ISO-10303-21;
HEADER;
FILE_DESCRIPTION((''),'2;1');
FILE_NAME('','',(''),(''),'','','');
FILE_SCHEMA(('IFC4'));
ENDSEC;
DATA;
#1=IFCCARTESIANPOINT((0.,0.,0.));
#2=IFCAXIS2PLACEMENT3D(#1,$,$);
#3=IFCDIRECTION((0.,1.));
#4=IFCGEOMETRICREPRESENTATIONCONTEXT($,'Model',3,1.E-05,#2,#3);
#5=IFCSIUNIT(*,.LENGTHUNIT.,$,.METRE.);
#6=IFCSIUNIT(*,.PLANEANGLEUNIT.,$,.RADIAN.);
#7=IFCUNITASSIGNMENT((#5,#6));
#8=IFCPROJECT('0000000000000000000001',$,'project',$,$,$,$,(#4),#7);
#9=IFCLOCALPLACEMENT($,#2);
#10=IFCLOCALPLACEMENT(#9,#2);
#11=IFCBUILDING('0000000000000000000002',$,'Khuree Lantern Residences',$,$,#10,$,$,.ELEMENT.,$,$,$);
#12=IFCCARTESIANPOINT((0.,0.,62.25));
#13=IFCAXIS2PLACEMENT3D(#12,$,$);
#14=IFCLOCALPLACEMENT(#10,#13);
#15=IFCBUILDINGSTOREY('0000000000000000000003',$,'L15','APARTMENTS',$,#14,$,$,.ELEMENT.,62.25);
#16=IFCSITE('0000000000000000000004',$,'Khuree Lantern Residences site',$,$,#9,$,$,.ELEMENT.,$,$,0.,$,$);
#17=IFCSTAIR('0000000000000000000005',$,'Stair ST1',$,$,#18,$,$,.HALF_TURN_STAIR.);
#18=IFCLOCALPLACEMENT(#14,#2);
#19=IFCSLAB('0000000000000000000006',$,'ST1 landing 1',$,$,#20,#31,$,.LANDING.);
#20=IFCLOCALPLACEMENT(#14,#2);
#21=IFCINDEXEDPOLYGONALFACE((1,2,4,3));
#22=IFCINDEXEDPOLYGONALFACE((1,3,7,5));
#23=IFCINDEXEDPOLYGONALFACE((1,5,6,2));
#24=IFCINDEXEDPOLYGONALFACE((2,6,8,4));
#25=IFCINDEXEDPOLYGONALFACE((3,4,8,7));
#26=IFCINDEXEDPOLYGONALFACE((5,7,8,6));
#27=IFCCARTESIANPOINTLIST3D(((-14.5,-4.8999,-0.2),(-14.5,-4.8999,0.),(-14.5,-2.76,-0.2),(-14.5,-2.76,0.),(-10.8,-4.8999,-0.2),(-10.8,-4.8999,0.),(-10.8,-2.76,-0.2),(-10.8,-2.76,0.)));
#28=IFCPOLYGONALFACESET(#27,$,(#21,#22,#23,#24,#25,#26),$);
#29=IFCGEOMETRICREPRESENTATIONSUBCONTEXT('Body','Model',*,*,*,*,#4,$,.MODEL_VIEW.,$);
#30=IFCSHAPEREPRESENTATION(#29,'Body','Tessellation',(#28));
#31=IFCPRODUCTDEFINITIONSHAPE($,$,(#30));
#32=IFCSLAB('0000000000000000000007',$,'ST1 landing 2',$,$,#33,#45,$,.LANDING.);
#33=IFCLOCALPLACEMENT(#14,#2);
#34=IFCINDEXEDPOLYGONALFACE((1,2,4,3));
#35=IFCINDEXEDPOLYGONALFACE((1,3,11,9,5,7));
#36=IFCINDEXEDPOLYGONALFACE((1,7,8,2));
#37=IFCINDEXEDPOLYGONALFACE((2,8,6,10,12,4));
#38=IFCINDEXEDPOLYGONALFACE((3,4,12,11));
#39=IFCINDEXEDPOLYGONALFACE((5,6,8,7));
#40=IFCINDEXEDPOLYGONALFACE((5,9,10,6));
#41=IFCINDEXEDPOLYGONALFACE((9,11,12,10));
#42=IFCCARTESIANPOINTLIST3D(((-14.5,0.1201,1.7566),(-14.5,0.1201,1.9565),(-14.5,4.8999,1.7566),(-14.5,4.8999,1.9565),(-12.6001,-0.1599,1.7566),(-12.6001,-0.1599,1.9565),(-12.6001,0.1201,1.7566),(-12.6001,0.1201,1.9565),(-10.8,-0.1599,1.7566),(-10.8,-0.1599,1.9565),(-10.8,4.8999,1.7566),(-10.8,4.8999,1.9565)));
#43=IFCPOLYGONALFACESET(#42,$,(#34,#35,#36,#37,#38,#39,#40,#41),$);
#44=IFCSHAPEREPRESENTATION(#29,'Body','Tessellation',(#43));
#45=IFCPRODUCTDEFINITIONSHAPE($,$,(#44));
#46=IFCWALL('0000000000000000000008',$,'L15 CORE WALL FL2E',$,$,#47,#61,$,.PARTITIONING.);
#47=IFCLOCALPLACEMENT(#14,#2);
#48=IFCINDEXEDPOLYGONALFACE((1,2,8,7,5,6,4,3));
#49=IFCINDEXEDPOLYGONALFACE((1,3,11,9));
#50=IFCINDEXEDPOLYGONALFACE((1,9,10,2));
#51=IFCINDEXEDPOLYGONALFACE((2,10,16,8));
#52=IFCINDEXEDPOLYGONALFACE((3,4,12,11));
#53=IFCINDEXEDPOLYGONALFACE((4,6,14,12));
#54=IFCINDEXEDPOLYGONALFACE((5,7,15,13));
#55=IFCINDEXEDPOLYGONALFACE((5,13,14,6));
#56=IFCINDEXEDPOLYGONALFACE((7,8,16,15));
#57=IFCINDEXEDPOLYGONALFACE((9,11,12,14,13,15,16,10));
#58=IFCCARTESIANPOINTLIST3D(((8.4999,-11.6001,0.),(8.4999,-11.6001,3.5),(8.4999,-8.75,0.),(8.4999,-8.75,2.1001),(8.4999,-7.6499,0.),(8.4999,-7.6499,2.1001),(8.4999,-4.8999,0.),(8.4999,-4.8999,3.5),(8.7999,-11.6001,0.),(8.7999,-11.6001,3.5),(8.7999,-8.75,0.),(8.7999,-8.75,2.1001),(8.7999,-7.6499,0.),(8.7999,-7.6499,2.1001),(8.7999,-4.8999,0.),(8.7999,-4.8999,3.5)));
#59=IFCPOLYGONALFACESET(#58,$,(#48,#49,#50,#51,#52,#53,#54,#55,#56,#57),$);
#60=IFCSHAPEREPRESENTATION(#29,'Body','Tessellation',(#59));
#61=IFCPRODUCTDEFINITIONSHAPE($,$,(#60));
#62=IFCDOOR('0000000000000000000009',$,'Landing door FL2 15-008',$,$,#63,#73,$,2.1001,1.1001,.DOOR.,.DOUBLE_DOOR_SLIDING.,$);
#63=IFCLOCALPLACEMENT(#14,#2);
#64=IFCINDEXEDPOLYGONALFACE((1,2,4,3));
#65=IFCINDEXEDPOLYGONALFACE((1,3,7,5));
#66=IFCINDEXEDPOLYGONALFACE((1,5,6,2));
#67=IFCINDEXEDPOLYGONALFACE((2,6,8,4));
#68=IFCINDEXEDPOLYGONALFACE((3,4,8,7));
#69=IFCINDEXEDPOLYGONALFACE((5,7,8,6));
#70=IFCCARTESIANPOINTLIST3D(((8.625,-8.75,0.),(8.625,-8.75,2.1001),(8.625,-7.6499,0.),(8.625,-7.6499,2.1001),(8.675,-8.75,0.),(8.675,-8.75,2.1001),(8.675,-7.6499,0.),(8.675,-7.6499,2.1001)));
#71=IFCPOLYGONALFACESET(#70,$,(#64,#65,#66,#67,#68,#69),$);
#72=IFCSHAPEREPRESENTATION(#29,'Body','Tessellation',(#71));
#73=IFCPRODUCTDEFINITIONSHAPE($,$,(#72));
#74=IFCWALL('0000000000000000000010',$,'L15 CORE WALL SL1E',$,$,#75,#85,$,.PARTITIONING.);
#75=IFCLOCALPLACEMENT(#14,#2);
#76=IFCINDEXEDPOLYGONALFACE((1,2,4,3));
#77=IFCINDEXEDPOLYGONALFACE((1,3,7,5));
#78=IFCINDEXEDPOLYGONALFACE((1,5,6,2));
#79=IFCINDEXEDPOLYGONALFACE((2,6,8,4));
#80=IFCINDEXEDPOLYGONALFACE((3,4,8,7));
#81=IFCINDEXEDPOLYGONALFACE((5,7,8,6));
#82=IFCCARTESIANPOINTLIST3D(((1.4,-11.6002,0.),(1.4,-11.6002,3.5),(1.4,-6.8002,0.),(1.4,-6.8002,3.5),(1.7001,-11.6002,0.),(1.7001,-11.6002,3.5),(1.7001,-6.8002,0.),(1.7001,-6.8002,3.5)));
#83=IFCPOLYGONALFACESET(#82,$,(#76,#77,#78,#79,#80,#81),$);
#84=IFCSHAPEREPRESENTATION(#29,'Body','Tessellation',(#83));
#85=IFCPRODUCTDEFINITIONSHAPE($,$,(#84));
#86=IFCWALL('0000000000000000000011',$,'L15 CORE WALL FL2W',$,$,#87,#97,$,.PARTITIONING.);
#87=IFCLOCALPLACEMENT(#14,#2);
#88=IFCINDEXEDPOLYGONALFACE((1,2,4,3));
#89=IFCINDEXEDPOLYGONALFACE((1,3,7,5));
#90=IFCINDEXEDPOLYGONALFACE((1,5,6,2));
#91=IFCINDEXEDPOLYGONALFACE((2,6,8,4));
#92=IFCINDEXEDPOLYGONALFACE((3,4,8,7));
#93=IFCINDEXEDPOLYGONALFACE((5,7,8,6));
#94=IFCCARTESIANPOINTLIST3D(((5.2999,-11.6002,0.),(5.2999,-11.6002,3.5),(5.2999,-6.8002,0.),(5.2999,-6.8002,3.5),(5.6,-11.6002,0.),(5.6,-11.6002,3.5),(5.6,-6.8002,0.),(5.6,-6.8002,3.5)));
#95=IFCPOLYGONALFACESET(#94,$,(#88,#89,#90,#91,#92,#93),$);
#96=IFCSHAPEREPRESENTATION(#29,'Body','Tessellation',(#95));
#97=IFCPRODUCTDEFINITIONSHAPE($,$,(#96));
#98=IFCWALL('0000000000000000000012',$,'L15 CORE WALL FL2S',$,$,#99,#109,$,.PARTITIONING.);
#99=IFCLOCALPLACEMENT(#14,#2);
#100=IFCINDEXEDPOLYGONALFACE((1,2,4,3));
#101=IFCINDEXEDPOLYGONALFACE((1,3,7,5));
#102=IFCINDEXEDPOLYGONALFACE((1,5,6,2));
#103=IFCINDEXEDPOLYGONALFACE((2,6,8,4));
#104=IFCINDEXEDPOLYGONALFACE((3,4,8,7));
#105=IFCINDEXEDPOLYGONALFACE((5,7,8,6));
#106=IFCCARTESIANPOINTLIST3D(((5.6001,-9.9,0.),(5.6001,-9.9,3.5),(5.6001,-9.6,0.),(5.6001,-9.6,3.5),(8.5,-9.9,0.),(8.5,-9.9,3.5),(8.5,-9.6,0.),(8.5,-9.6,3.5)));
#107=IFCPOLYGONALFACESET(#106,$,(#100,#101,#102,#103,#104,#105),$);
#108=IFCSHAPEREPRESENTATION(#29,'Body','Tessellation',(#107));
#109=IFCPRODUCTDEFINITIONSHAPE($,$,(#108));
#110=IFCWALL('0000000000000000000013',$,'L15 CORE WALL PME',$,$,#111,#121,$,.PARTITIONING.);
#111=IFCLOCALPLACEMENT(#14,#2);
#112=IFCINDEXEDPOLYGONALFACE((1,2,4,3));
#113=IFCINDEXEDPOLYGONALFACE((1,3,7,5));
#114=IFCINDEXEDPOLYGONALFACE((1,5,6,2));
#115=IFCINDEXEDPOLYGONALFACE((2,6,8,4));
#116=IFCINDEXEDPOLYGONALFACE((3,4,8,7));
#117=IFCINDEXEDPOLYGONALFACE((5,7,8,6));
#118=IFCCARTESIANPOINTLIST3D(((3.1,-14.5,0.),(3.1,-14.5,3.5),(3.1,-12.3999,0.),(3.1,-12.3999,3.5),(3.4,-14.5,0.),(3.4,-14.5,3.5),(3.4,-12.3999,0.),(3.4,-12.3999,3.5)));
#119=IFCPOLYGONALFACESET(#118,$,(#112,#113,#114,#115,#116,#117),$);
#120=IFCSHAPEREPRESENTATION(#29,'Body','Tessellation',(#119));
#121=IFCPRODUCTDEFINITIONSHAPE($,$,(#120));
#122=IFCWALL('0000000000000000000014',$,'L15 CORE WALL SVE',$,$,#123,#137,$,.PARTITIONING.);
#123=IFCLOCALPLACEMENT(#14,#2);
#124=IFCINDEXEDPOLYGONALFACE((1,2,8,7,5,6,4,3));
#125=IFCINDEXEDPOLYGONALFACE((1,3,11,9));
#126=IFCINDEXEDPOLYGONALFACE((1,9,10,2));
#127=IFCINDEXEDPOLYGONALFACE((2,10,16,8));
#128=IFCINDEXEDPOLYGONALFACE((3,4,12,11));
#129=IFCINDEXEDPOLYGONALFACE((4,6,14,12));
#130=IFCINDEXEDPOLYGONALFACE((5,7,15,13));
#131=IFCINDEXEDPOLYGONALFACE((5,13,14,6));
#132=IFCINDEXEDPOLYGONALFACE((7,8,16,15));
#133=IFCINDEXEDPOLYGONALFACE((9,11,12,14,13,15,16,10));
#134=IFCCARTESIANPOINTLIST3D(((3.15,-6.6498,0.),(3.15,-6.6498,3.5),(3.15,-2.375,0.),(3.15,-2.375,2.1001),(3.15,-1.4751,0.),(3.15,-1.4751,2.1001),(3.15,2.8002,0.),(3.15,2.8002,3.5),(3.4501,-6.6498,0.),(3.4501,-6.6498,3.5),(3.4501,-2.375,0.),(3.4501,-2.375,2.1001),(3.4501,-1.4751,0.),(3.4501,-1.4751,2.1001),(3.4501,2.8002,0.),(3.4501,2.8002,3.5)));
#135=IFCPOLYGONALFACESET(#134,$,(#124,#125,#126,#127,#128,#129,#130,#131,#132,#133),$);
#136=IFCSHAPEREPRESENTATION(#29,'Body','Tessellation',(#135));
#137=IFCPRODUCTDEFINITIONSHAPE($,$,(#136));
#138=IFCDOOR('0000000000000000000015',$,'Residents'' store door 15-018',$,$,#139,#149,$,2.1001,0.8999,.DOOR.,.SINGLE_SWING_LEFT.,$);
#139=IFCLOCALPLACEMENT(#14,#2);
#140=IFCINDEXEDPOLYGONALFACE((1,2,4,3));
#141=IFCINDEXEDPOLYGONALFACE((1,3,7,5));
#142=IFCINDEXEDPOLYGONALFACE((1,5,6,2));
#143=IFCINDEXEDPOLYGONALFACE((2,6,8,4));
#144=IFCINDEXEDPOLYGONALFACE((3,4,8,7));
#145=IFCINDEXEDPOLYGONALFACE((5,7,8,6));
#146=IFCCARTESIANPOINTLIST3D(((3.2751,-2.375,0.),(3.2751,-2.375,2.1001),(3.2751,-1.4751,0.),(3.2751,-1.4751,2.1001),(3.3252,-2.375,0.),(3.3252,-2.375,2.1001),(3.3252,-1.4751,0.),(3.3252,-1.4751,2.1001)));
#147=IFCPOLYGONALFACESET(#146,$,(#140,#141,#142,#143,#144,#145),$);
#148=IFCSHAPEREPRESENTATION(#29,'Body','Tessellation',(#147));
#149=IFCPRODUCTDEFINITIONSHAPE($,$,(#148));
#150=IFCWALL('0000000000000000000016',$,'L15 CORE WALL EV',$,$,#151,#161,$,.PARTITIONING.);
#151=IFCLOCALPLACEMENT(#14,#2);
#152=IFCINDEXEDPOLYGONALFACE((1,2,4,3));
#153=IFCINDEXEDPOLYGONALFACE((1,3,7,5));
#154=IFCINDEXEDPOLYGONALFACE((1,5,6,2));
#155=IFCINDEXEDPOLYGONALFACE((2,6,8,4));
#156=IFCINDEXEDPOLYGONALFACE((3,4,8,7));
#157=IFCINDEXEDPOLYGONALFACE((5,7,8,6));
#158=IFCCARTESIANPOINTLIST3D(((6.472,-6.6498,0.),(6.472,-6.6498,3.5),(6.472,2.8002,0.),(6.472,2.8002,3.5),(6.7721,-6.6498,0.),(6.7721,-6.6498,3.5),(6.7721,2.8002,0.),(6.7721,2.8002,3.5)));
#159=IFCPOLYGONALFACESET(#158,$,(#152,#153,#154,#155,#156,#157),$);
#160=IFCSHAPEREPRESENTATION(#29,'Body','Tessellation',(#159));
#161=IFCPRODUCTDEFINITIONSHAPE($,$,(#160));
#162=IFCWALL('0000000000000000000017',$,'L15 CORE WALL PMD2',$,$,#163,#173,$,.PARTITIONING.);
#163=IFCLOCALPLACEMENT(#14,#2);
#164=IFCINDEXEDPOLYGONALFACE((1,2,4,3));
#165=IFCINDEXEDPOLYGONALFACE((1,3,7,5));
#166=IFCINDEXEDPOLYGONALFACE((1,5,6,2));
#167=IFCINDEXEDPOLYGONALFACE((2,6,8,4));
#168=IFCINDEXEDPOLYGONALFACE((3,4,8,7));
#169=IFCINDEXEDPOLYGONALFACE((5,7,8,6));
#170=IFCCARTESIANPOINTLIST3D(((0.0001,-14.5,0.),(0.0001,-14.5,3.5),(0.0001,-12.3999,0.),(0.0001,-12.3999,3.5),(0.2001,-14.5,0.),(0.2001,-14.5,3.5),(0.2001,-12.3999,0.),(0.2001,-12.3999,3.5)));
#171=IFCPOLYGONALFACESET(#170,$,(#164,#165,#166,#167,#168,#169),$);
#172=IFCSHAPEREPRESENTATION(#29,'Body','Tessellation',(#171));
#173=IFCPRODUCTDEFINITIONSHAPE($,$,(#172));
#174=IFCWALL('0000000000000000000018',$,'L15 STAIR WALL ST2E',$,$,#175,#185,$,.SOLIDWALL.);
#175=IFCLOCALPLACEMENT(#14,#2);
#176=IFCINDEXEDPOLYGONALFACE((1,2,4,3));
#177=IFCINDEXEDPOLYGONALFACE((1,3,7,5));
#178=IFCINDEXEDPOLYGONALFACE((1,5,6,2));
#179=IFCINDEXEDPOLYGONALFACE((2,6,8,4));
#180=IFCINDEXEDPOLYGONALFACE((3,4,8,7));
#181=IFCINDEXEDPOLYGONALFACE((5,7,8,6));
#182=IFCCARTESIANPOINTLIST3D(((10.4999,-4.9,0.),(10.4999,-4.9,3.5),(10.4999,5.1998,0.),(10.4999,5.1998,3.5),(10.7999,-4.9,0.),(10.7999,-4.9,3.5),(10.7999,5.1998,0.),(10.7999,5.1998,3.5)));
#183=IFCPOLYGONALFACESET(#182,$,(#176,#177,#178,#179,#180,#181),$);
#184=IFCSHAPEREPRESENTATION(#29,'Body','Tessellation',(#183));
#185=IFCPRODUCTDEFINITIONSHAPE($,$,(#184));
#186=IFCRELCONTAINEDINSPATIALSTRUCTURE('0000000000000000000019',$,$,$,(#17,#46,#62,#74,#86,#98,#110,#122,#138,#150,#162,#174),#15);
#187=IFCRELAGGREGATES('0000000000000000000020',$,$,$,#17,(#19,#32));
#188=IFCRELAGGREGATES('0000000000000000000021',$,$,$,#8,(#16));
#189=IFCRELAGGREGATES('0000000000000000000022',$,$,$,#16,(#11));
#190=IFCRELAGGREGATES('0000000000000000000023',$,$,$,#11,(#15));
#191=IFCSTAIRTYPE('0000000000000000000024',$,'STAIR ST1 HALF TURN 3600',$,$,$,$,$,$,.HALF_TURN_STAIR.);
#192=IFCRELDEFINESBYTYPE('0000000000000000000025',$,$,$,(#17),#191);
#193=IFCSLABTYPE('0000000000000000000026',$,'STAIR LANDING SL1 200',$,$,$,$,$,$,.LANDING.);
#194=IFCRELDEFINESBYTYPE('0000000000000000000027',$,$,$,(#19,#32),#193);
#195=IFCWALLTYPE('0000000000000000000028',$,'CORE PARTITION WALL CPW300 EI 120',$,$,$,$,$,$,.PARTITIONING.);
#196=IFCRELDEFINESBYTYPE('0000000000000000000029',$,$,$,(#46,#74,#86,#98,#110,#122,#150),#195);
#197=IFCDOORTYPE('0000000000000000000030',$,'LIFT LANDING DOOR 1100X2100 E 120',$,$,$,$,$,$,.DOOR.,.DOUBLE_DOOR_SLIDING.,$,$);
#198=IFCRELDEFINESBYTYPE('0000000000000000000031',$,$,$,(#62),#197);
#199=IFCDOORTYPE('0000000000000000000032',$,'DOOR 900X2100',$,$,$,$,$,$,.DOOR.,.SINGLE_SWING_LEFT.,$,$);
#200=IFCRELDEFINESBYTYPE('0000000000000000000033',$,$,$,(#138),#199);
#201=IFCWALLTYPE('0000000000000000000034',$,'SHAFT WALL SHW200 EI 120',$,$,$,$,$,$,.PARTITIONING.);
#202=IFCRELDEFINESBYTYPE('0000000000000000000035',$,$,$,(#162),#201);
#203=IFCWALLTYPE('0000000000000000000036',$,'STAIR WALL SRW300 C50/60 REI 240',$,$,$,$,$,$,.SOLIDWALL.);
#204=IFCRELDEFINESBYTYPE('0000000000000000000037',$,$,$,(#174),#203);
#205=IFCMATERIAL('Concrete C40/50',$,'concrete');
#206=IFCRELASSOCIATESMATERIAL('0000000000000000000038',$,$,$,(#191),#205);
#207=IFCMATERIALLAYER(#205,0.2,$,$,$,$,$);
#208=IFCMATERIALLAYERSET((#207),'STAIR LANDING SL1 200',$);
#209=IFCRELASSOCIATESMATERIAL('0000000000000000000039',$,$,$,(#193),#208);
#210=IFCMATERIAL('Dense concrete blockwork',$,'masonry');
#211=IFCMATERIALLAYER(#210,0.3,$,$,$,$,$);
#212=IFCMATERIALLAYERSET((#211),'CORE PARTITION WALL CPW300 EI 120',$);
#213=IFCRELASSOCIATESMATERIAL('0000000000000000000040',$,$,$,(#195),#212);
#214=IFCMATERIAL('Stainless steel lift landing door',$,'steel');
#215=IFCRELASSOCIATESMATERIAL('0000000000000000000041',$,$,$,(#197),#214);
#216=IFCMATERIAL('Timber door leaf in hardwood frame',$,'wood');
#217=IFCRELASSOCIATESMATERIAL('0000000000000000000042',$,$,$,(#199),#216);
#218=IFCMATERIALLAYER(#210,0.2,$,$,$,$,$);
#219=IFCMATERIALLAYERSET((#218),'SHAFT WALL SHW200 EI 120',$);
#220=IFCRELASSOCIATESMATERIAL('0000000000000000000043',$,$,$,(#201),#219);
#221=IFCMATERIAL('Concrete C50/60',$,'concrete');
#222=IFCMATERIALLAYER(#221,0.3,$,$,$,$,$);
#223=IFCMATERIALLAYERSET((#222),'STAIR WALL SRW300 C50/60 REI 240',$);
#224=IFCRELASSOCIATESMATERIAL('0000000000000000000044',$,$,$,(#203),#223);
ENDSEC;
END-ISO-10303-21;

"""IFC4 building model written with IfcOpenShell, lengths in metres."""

from ifc_helpers import new_model, si_unit, direction, frame, frame_2d, origin, place, context, subcontext, project, spatial, polyline, rectangle, outline, extrude, material, layer, layer_set, type_object, element, fill, aggregate, save


model = new_model("IFC4")

# Units and contexts
model_context = context("Model", 3, precision=1e-05, world=origin(), true_north=direction((0.0, 1.0)))
body_context = subcontext(model_context, "Body", "Model", "MODEL_VIEW")
ifc_project = project(units=[si_unit("LENGTHUNIT", "METRE"), si_unit("PLANEANGLEUNIT", "RADIAN")], contexts=[model_context])

# Site, building, storey
site_placement = place(None, origin())
site = spatial("IfcSite", under=ifc_project, at=site_placement, Name="Khuree Lantern Residences site", CompositionType="ELEMENT", RefElevation=0.0)
building_placement = place(site_placement, origin())
building = spatial("IfcBuilding", under=site, at=building_placement, Name="Khuree Lantern Residences", CompositionType="ELEMENT")
storey_placement = place(building_placement, frame((0.0, 0.0, 62.25)))
storey = spatial("IfcBuildingStorey", under=building, at=storey_placement, Name="L15", Description="APARTMENTS", CompositionType="ELEMENT", Elevation=62.25)

# Stair, slabs
ifc_material_1 = material(Name="Concrete C40/50", Category="concrete")
stair_type = type_object("IfcStairType", Name="STAIR ST1 HALF TURN 3600", PredefinedType="HALF_TURN_STAIR", material=ifc_material_1)
stair_placement = place(storey_placement, origin())
stair = element("IfcStair", 1, at=stair_placement, inside=storey, type_object=stair_type, Name="Stair ST1", PredefinedType="HALF_TURN_STAIR")
ifc_layer_1 = layer(ifc_material_1, 0.2)
ifc_layer_set_1 = layer_set([ifc_layer_1], Name="STAIR LANDING SL1 200")
slab_type = type_object("IfcSlabType", Name="STAIR LANDING SL1 200", PredefinedType="LANDING", material=ifc_layer_set_1)
slab_1_placement = place(storey_placement, frame((0.0, 0.0, -0.2)))
slab_1 = element("IfcSlab", 2, at=slab_1_placement, type_object=slab_type, Name="ST1 landing 1", PredefinedType="LANDING", context=body_context, shape_type="SweptSolid", body=[
    extrude(outline(polyline([(-14.5, -4.8999), (-10.8, -4.8999), (-10.8, -2.76), (-14.5, -2.76), (-14.5, -4.8999)])), origin(), (0.0, 0.0, 1.0), 0.2),
])
slab_2_placement = place(storey_placement, frame((0.0, 0.0, 1.7566)))
slab_2 = element("IfcSlab", 3, at=slab_2_placement, type_object=slab_type, Name="ST1 landing 2", PredefinedType="LANDING", context=body_context, shape_type="SweptSolid", body=[
    extrude(outline(polyline([(-14.5, 0.1201), (-14.5, 4.8999), (-10.8, 4.8999), (-10.8, -0.1599), (-12.6001, -0.1599), (-12.6001, 0.1201), (-14.5, 0.1201)])), origin(), (0.0, 0.0, 1.0), 0.2),
])
aggregate(stair, [slab_1, slab_2])

# Wall, opening, door
ifc_material_2 = material(Name="Dense concrete blockwork", Category="masonry")
ifc_layer_2 = layer(ifc_material_2, 0.3)
ifc_layer_set_2 = layer_set([ifc_layer_2], Name="CORE PARTITION WALL CPW300 EI 120")
wall_type_1 = type_object("IfcWallType", Name="CORE PARTITION WALL CPW300 EI 120", PredefinedType="PARTITIONING", material=ifc_layer_set_2)
wall_1_placement = place(storey_placement, frame((8.6499, -11.6001, 0.0), z_axis=(0.0, 0.0, 1.0), x_axis=(0.0, 1.0, 0.0)))
wall_1 = element("IfcWall", 4, at=wall_1_placement, inside=storey, type_object=wall_type_1, Name="L15 CORE WALL FL2E", PredefinedType="PARTITIONING", context=body_context, shape_type="SweptSolid", body=[
    extrude(rectangle(XDim=6.7002, YDim=0.3, at=frame_2d((3.3501, 0.0))), origin(), (0.0, 0.0, 1.0), 3.5),
])
opening_1_placement = place(wall_1_placement, frame((2.8501, 0.0, 0.0)))
opening_1 = element("IfcOpeningElement", 5, at=opening_1_placement, cuts=wall_1, PredefinedType="OPENING", context=body_context, shape_type="SweptSolid", body=[
    extrude(rectangle(XDim=1.1001, YDim=2.1001, at=frame_2d((0.55, 1.05))), frame((0.0, 0.1602, 0.0), z_axis=(0.0, -1.0, 0.0), x_axis=(1.0, 0.0, 0.0)), (0.0, 0.0, 1.0), 0.3201),
])
ifc_material_3 = material(Name="Stainless steel lift landing door", Category="steel")
door_type_1 = type_object("IfcDoorType", Name="LIFT LANDING DOOR 1100X2100 E 120", OperationType="DOUBLE_DOOR_SLIDING", PredefinedType="DOOR", material=ifc_material_3)
door_1_placement = place(opening_1_placement, origin())
door_1 = element("IfcDoor", 6, at=door_1_placement, inside=storey, type_object=door_type_1, Name="Landing door FL2 15-008", OperationType="DOUBLE_DOOR_SLIDING", OverallHeight=2.1001, OverallWidth=1.1001, PredefinedType="DOOR", context=body_context, shape_type="SweptSolid", body=[
    extrude(rectangle(XDim=1.1001, YDim=2.1001, at=frame_2d((0.55, 1.05))), frame((0.0, 0.0249, 0.0), z_axis=(0.0, -1.0, 0.0), x_axis=(1.0, 0.0, 0.0)), (0.0, 0.0, 1.0), 0.05),
])
fill(opening_1, door_1)

# Walls
for number, where, z_axis, x_axis, name in (
    (7, (1.55, -11.6001, 0.0), (0.0, 0.0, 1.0), (0.0, 1.0, 0.0), "L15 CORE WALL SL1E"),
    (8, (5.45, -11.6001, 0.0), (0.0, 0.0, 1.0), (0.0, 1.0, 0.0), "L15 CORE WALL FL2W"),
):
    element("IfcWall", number, at=place(storey_placement, frame(where, z_axis=z_axis, x_axis=x_axis)), inside=storey, type_object=wall_type_1, Name=name, PredefinedType="PARTITIONING", context=body_context, shape_type="SweptSolid", body=[
        extrude(rectangle(XDim=4.8, YDim=0.3, at=frame_2d((2.3999, 0.0))), origin(), (0.0, 0.0, 1.0), 3.5),
    ])
wall_2_placement = place(storey_placement, frame((5.6001, -9.75, 0.0), z_axis=(0.0, 0.0, 1.0), x_axis=(1.0, 0.0, 0.0)))
element("IfcWall", 9, at=wall_2_placement, inside=storey, type_object=wall_type_1, Name="L15 CORE WALL FL2S", PredefinedType="PARTITIONING", context=body_context, shape_type="SweptSolid", body=[
    extrude(rectangle(XDim=2.8999, YDim=0.3, at=frame_2d((1.45, 0.0))), origin(), (0.0, 0.0, 1.0), 3.5),
])
wall_3_placement = place(storey_placement, frame((3.25, -14.5, 0.0), z_axis=(0.0, 0.0, 1.0), x_axis=(0.0, 1.0, 0.0)))
element("IfcWall", 10, at=wall_3_placement, inside=storey, type_object=wall_type_1, Name="L15 CORE WALL PME", PredefinedType="PARTITIONING", context=body_context, shape_type="SweptSolid", body=[
    extrude(rectangle(XDim=2.1001, YDim=0.3, at=frame_2d((1.05, 0.0))), origin(), (0.0, 0.0, 1.0), 3.5),
])

# Wall, opening, door
wall_4_placement = place(storey_placement, frame((3.3, -6.6499, 0.0), z_axis=(0.0, 0.0, 1.0), x_axis=(0.0, 1.0, 0.0)))
wall_4 = element("IfcWall", 11, at=wall_4_placement, inside=storey, type_object=wall_type_1, Name="L15 CORE WALL SVE", PredefinedType="PARTITIONING", context=body_context, shape_type="SweptSolid", body=[
    extrude(rectangle(XDim=9.45, YDim=0.3, at=frame_2d((4.7251, 0.0))), origin(), (0.0, 0.0, 1.0), 3.5),
])
opening_2_placement = place(wall_4_placement, frame((4.2749, 0.0, 0.0)))
opening_2 = element("IfcOpeningElement", 12, at=opening_2_placement, cuts=wall_4, PredefinedType="OPENING", context=body_context, shape_type="SweptSolid", body=[
    extrude(rectangle(XDim=0.8999, YDim=2.1001, at=frame_2d((0.45, 1.05))), frame((0.0, 0.1602, 0.0), z_axis=(0.0, -1.0, 0.0), x_axis=(1.0, 0.0, 0.0)), (0.0, 0.0, 1.0), 0.3201),
])
ifc_material_4 = material(Name="Timber door leaf in hardwood frame", Category="wood")
door_type_2 = type_object("IfcDoorType", Name="DOOR 900X2100", OperationType="SINGLE_SWING_LEFT", PredefinedType="DOOR", material=ifc_material_4)
door_2_placement = place(opening_2_placement, origin())
door_2 = element("IfcDoor", 13, at=door_2_placement, inside=storey, type_object=door_type_2, Name="Residents' store door 15-018", OperationType="SINGLE_SWING_LEFT", OverallHeight=2.1001, OverallWidth=0.8999, PredefinedType="DOOR", context=body_context, shape_type="SweptSolid", body=[
    extrude(rectangle(XDim=0.8999, YDim=2.1001, at=frame_2d((0.45, 1.05))), frame((0.0, 0.0249, 0.0), z_axis=(0.0, -1.0, 0.0), x_axis=(1.0, 0.0, 0.0)), (0.0, 0.0, 1.0), 0.05),
])
fill(opening_2, door_2)

# Walls
wall_5_placement = place(storey_placement, frame((6.6221, -6.6499, 0.0), z_axis=(0.0, 0.0, 1.0), x_axis=(0.0, 1.0, 0.0)))
element("IfcWall", 14, at=wall_5_placement, inside=storey, type_object=wall_type_1, Name="L15 CORE WALL EV", PredefinedType="PARTITIONING", context=body_context, shape_type="SweptSolid", body=[
    extrude(rectangle(XDim=9.45, YDim=0.3, at=frame_2d((4.7251, 0.0))), origin(), (0.0, 0.0, 1.0), 3.5),
])
ifc_layer_3 = layer(ifc_material_2, 0.2)
ifc_layer_set_3 = layer_set([ifc_layer_3], Name="SHAFT WALL SHW200 EI 120")
wall_type_2 = type_object("IfcWallType", Name="SHAFT WALL SHW200 EI 120", PredefinedType="PARTITIONING", material=ifc_layer_set_3)
wall_6_placement = place(storey_placement, frame((0.1001, -14.5, 0.0), z_axis=(0.0, 0.0, 1.0), x_axis=(0.0, 1.0, 0.0)))
element("IfcWall", 15, at=wall_6_placement, inside=storey, type_object=wall_type_2, Name="L15 CORE WALL PMD2", PredefinedType="PARTITIONING", context=body_context, shape_type="SweptSolid", body=[
    extrude(rectangle(XDim=2.1001, YDim=0.2, at=frame_2d((1.05, 0.0))), origin(), (0.0, 0.0, 1.0), 3.5),
])
ifc_material_5 = material(Name="Concrete C50/60", Category="concrete")
ifc_layer_4 = layer(ifc_material_5, 0.3)
ifc_layer_set_4 = layer_set([ifc_layer_4], Name="STAIR WALL SRW300 C50/60 REI 240")
wall_type_3 = type_object("IfcWallType", Name="STAIR WALL SRW300 C50/60 REI 240", PredefinedType="SOLIDWALL", material=ifc_layer_set_4)
wall_7_placement = place(storey_placement, frame((10.6499, -4.8999, 0.0), z_axis=(0.0, 0.0, 1.0), x_axis=(0.0, 1.0, 0.0)))
element("IfcWall", 16, at=wall_7_placement, inside=storey, type_object=wall_type_3, Name="L15 STAIR WALL ST2E", PredefinedType="SOLIDWALL", context=body_context, shape_type="SweptSolid", body=[
    extrude(rectangle(XDim=10.0999, YDim=0.3, at=frame_2d((5.0498, 0.0))), origin(), (0.0, 0.0, 1.0), 3.5),
])

save(model, "model.ifc")
